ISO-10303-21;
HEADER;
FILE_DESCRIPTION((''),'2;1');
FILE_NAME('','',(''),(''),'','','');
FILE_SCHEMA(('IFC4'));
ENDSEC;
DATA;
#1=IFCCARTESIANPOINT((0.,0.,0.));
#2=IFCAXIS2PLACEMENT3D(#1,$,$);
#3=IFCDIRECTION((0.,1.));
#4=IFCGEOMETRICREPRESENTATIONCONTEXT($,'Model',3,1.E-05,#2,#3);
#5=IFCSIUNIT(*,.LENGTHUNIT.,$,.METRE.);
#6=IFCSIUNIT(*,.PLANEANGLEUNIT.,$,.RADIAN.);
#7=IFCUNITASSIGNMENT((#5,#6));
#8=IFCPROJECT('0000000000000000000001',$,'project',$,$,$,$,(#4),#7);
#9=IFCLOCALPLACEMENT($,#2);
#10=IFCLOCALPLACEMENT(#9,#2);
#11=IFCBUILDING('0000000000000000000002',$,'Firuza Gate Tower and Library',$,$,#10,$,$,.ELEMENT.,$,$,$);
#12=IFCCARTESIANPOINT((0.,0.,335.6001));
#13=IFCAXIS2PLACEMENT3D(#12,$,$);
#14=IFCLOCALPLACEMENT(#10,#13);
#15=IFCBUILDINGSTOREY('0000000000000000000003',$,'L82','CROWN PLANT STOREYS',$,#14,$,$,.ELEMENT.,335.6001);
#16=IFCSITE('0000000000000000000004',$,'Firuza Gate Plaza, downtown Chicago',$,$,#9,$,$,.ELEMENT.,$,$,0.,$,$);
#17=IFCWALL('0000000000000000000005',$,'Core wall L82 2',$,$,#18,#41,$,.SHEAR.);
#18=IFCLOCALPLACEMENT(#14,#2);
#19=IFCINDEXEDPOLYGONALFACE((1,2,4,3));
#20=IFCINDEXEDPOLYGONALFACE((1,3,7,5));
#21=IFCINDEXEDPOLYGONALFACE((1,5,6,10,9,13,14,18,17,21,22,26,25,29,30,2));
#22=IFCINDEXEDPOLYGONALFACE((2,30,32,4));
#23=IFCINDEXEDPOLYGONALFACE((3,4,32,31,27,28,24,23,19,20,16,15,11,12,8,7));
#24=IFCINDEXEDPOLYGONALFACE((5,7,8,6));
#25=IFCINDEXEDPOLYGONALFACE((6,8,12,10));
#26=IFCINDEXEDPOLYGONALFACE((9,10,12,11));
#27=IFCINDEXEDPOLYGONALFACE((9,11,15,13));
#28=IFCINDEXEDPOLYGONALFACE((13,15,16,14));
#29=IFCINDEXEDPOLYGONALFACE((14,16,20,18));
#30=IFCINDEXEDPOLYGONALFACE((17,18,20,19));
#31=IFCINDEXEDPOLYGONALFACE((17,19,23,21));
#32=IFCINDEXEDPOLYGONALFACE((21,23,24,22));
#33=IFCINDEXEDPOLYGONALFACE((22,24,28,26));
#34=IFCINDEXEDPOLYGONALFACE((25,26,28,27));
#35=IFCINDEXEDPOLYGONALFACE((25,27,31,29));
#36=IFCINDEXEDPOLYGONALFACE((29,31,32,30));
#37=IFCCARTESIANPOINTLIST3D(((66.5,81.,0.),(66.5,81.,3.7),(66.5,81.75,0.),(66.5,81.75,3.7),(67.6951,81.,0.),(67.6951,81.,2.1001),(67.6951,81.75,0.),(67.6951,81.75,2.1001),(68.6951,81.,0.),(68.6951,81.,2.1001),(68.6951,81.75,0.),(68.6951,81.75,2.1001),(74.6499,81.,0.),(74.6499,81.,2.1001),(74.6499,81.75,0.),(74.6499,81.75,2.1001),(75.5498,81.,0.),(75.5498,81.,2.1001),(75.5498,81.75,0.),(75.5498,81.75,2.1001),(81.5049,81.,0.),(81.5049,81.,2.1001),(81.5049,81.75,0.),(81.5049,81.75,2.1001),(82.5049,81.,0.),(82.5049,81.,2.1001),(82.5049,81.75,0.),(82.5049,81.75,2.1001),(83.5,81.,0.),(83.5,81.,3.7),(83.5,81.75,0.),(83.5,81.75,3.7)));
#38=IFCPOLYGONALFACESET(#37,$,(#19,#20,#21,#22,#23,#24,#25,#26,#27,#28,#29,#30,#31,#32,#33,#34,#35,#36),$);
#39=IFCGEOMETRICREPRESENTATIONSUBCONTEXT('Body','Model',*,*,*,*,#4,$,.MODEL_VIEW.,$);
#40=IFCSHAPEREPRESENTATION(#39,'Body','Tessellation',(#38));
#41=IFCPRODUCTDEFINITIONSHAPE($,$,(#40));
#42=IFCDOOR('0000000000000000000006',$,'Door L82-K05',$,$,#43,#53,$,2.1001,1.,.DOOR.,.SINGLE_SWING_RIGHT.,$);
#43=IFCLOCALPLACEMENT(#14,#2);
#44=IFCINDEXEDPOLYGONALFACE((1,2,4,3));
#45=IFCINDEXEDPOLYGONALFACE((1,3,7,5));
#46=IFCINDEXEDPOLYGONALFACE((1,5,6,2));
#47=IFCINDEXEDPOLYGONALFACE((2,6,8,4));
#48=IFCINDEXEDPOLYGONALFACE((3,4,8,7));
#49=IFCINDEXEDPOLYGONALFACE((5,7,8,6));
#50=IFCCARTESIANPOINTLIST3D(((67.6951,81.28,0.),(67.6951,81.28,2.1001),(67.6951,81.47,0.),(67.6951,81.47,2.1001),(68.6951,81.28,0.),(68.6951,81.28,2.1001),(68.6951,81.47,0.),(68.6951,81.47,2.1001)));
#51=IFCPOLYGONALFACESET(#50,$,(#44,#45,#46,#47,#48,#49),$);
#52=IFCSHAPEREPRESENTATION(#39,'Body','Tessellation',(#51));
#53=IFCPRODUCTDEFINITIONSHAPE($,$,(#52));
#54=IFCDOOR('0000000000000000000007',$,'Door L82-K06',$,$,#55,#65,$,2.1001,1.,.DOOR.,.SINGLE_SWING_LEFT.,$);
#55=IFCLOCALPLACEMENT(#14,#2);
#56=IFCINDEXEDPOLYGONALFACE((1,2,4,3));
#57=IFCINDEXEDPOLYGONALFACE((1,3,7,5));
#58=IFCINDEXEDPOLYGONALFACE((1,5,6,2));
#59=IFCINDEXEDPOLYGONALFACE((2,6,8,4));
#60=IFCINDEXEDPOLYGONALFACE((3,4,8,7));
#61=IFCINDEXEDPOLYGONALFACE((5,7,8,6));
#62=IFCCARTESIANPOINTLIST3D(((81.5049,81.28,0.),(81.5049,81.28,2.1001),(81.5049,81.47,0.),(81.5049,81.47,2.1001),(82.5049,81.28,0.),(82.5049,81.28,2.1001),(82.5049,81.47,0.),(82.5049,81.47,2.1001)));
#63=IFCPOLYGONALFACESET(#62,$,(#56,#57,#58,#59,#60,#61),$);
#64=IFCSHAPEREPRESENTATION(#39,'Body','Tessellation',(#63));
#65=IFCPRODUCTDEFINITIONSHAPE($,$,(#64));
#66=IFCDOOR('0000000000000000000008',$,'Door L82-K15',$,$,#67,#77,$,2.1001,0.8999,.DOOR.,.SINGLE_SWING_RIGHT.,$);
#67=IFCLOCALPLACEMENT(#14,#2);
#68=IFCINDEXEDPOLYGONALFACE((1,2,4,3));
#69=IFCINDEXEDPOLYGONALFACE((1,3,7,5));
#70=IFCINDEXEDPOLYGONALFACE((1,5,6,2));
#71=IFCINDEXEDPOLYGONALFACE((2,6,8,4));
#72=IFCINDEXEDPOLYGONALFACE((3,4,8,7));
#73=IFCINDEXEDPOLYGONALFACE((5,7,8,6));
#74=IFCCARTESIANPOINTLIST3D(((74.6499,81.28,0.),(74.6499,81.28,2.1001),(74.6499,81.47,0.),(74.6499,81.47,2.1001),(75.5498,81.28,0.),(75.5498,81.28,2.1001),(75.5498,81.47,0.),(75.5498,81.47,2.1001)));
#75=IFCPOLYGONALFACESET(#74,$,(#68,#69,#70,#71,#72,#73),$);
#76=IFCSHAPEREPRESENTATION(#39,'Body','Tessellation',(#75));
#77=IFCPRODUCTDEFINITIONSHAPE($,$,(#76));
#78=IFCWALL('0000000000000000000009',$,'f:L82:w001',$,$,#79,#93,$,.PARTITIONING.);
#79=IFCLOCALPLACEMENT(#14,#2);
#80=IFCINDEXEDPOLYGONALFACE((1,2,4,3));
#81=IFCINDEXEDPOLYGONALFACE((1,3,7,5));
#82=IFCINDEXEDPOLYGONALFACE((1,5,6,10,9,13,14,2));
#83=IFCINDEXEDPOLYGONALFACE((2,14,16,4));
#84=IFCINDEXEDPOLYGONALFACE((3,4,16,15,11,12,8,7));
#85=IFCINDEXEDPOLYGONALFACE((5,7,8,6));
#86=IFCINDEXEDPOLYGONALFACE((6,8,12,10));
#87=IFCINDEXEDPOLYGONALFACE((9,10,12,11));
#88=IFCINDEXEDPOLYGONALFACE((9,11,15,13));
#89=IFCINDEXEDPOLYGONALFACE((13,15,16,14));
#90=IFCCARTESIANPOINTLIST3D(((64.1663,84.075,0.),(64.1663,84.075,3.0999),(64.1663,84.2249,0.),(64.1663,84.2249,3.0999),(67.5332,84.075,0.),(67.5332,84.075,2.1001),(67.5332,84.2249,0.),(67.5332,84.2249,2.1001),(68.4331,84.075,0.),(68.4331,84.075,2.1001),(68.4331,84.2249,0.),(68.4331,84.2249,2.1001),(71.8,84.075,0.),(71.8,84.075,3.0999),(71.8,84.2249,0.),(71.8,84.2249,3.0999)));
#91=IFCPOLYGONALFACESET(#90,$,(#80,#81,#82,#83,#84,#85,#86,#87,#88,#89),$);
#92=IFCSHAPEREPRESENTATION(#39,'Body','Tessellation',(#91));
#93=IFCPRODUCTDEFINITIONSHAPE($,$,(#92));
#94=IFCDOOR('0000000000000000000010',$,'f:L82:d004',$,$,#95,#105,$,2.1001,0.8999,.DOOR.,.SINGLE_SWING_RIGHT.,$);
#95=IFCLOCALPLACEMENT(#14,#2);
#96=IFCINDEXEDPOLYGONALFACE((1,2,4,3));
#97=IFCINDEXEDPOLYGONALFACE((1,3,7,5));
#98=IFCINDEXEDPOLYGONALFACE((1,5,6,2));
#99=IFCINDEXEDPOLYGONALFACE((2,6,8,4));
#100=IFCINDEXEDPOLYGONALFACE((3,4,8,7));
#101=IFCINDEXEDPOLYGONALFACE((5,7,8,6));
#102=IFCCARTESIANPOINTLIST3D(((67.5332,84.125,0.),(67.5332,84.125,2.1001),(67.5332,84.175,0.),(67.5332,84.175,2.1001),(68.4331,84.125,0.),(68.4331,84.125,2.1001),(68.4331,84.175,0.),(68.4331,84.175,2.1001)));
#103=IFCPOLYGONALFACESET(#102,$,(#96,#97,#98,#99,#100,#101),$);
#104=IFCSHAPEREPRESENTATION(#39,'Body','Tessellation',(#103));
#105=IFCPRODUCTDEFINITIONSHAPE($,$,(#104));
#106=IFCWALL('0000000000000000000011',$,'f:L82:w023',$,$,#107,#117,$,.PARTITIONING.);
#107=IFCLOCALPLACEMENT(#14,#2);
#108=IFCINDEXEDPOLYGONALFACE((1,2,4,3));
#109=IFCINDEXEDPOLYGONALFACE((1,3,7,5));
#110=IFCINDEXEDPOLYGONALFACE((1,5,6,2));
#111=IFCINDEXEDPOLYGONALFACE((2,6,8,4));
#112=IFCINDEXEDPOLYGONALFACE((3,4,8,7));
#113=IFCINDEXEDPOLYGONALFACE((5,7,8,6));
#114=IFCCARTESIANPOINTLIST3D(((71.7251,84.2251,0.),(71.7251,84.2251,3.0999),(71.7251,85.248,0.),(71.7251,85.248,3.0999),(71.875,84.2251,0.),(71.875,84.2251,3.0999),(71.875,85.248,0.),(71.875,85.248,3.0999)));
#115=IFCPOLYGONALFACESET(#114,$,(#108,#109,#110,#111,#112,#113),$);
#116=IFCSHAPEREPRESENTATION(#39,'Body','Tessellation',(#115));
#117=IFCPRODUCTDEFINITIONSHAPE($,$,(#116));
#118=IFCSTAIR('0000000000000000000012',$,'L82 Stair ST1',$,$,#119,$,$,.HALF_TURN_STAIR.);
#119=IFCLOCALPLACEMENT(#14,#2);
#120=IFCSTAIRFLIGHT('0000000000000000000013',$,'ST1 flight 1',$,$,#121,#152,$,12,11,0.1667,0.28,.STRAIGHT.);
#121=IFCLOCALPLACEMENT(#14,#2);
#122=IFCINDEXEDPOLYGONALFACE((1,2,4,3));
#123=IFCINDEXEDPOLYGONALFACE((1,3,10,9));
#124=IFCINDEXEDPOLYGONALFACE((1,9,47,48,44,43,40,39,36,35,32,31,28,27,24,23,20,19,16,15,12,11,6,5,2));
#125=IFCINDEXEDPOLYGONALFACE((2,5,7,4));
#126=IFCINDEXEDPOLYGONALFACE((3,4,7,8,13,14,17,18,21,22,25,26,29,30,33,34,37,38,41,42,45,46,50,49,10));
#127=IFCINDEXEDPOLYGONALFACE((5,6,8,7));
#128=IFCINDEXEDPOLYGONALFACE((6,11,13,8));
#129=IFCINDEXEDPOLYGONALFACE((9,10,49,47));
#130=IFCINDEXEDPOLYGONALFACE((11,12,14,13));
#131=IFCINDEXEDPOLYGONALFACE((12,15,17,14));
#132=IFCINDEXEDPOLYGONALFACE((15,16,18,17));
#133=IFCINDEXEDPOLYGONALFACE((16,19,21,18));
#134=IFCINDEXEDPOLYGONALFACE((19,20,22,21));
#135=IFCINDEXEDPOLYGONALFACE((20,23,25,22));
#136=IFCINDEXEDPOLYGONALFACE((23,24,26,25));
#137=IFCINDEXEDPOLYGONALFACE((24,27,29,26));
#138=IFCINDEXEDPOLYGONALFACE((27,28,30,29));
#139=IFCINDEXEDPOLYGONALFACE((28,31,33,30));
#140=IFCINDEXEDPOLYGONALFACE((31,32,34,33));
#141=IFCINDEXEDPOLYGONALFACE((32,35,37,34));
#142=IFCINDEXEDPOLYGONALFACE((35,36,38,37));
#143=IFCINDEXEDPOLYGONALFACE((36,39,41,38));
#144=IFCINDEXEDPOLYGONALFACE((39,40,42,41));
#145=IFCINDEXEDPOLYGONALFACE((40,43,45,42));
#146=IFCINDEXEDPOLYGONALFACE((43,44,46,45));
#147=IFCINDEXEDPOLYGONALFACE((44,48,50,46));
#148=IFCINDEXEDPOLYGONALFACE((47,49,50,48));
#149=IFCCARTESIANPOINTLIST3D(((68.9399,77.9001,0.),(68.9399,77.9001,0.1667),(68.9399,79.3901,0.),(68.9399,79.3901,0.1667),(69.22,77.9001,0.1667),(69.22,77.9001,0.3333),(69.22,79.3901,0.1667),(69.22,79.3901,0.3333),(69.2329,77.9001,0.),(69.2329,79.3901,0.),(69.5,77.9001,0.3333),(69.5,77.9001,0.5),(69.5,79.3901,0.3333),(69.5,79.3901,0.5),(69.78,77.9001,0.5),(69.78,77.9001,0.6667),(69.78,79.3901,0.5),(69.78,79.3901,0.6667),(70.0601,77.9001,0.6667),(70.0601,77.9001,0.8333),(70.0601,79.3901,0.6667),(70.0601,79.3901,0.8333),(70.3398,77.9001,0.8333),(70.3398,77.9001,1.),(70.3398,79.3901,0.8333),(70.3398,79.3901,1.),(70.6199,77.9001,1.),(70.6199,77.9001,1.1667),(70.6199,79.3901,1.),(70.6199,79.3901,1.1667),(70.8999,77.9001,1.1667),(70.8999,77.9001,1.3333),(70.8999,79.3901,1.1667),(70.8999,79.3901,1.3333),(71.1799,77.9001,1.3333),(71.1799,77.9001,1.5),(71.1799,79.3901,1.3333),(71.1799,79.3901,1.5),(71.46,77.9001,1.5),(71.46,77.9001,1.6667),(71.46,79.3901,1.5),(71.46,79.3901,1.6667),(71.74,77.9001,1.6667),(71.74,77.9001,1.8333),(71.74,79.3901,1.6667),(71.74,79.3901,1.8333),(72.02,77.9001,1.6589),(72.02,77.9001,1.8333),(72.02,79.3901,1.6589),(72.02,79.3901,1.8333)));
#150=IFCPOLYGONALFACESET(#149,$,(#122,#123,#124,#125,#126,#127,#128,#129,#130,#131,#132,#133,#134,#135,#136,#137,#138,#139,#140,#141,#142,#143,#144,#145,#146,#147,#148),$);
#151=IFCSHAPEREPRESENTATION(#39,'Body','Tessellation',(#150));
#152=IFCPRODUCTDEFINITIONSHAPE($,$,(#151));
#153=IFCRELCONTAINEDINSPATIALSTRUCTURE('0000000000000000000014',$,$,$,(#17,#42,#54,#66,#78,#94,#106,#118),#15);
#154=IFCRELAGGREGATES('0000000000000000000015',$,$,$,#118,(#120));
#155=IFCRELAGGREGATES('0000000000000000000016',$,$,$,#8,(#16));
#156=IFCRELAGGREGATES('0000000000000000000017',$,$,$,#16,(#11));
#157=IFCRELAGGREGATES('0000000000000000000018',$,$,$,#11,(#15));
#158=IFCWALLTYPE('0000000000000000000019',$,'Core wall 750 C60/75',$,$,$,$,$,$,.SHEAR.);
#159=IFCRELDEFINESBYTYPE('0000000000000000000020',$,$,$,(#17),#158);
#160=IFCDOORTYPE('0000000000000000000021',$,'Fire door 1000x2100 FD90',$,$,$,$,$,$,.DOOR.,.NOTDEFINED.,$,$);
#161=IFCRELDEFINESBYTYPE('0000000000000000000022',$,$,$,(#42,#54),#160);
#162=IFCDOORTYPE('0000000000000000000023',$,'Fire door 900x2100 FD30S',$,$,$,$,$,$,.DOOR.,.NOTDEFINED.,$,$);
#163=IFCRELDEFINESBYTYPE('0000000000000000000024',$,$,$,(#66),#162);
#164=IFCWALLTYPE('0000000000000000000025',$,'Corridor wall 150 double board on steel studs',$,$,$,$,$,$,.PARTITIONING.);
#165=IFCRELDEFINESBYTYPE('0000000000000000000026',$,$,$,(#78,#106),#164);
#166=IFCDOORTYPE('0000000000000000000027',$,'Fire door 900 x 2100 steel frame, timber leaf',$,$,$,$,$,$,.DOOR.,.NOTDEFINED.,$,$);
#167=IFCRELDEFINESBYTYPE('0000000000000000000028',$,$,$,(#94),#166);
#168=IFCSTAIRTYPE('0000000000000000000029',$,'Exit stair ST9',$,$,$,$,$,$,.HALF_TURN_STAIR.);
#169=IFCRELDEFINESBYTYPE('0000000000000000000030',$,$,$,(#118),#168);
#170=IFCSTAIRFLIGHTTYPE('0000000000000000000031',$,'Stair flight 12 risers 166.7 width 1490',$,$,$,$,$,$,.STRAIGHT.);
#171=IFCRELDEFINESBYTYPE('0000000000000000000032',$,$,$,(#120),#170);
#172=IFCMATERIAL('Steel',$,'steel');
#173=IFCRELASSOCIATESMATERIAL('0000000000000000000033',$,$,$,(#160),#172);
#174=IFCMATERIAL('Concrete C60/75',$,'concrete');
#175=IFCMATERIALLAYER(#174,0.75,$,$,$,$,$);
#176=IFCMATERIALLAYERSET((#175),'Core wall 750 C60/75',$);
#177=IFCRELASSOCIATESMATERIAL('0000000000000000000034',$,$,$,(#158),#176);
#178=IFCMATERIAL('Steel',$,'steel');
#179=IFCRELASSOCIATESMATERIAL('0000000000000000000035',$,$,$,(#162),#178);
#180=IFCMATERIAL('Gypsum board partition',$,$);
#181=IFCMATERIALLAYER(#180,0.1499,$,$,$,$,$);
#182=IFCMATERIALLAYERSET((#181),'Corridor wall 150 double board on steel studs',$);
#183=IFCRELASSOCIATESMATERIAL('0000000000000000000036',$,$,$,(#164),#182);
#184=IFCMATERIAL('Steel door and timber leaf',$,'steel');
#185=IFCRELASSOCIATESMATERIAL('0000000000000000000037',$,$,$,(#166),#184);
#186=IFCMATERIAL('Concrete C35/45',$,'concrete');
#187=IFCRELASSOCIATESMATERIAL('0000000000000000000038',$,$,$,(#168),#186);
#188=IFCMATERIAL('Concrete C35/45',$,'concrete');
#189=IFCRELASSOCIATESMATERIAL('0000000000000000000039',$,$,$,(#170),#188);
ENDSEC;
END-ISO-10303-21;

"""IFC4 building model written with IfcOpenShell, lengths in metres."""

from ifc_helpers import new_model, si_unit, direction, frame, frame_2d, origin, place, context, subcontext, project, spatial, polyline, rectangle, outline, extrude, material, layer, layer_set, type_object, element, fill, aggregate, save


model = new_model("IFC4")

# Units and contexts
model_context = context("Model", 3, precision=1e-05, world=origin(), true_north=direction((0.0, 1.0)))
body_context = subcontext(model_context, "Body", "Model", "MODEL_VIEW")
ifc_project = project(units=[si_unit("LENGTHUNIT", "METRE"), si_unit("PLANEANGLEUNIT", "RADIAN")], contexts=[model_context])

# Site, building, storey
site_placement = place(None, origin())
site = spatial("IfcSite", under=ifc_project, at=site_placement, Name="Firuza Gate Plaza, downtown Chicago", CompositionType="ELEMENT", RefElevation=0.0)
building_placement = place(site_placement, origin())
building = spatial("IfcBuilding", under=site, at=building_placement, Name="Firuza Gate Tower and Library", CompositionType="ELEMENT")
storey_placement = place(building_placement, frame((0.0, 0.0, 335.6001)))
storey = spatial("IfcBuildingStorey", under=building, at=storey_placement, Name="L82", Description="CROWN PLANT STOREYS", CompositionType="ELEMENT", Elevation=335.6001)

# Shared definitions
placement = place(storey_placement, origin())

# Shared definitions
ifc_material_1 = material(Name="Steel", Category="steel")
door_type_1 = type_object("IfcDoorType", Name="Fire door 1000x2100 FD90", OperationType="NOTDEFINED", PredefinedType="DOOR", material=ifc_material_1)

# Wall, openings, doors
ifc_material_2 = material(Name="Concrete C60/75", Category="concrete")
ifc_layer_1 = layer(ifc_material_2, 0.75)
ifc_layer_set_1 = layer_set([ifc_layer_1], Name="Core wall 750 C60/75")
wall_type_1 = type_object("IfcWallType", Name="Core wall 750 C60/75", PredefinedType="SHEAR", material=ifc_layer_set_1)
wall_1_placement = place(storey_placement, frame((66.5, 81.375, 0.0), z_axis=(0.0, 0.0, 1.0), x_axis=(1.0, 0.0, 0.0)))
wall_1 = element("IfcWall", 1, at=wall_1_placement, inside=storey, type_object=wall_type_1, Name="Core wall L82 2", PredefinedType="SHEAR", context=body_context, shape_type="SweptSolid", body=[
    extrude(rectangle(XDim=17.0, YDim=0.75, at=frame_2d((8.5, 0.0))), origin(), (0.0, 0.0, 1.0), 3.7),
])
opening_1_placement = place(wall_1_placement, frame((1.1951, 0.0, 0.0)))
opening_1 = element("IfcOpeningElement", 2, at=opening_1_placement, cuts=wall_1, PredefinedType="OPENING", context=body_context, shape_type="SweptSolid", body=[
    extrude(rectangle(XDim=1.0, YDim=2.1001, at=frame_2d((0.5, 1.05))), frame((0.0, 0.385, 0.0), z_axis=(0.0, -1.0, 0.0), x_axis=(1.0, 0.0, 0.0)), (0.0, 0.0, 1.0), 0.77),
])
opening_2_placement = place(wall_1_placement, frame((15.0049, 0.0, 0.0)))
opening_2 = element("IfcOpeningElement", 3, at=opening_2_placement, cuts=wall_1, PredefinedType="OPENING", context=body_context, shape_type="SweptSolid", body=[
    extrude(rectangle(XDim=1.0, YDim=2.1001, at=frame_2d((0.5, 1.05))), frame((0.0, 0.385, 0.0), z_axis=(0.0, -1.0, 0.0), x_axis=(1.0, 0.0, 0.0)), (0.0, 0.0, 1.0), 0.77),
])
opening_3_placement = place(wall_1_placement, frame((8.1499, 0.0, 0.0)))
opening_3 = element("IfcOpeningElement", 4, at=opening_3_placement, cuts=wall_1, PredefinedType="OPENING", context=body_context, shape_type="SweptSolid", body=[
    extrude(rectangle(XDim=0.8999, YDim=2.1001, at=frame_2d((0.45, 1.05))), frame((0.0, 0.385, 0.0), z_axis=(0.0, -1.0, 0.0), x_axis=(1.0, 0.0, 0.0)), (0.0, 0.0, 1.0), 0.77),
])
door_1_placement = place(opening_1_placement, origin())
door_1 = element("IfcDoor", 5, at=door_1_placement, inside=storey, type_object=door_type_1, Name="Door L82-K05", OperationType="SINGLE_SWING_RIGHT", OverallHeight=2.1001, OverallWidth=1.0, PredefinedType="DOOR", context=body_context, shape_type="SweptSolid", body=[
    extrude(rectangle(XDim=1.0, YDim=2.1001, at=frame_2d((0.5, 1.05))), frame((0.0, 0.095, 0.0), z_axis=(0.0, -1.0, 0.0), x_axis=(1.0, 0.0, 0.0)), (0.0, 0.0, 1.0), 0.1899),
])
fill(opening_1, door_1)
door_2_placement = place(opening_2_placement, origin())
door_2 = element("IfcDoor", 6, at=door_2_placement, inside=storey, type_object=door_type_1, Name="Door L82-K06", OperationType="SINGLE_SWING_LEFT", OverallHeight=2.1001, OverallWidth=1.0, PredefinedType="DOOR", context=body_context, shape_type="SweptSolid", body=[
    extrude(rectangle(XDim=1.0, YDim=2.1001, at=frame_2d((0.5, 1.05))), frame((0.0, 0.095, 0.0), z_axis=(0.0, -1.0, 0.0), x_axis=(1.0, 0.0, 0.0)), (0.0, 0.0, 1.0), 0.1899),
])
fill(opening_2, door_2)
ifc_material_3 = material(Name="Steel", Category="steel")
door_type_2 = type_object("IfcDoorType", Name="Fire door 900x2100 FD30S", OperationType="NOTDEFINED", PredefinedType="DOOR", material=ifc_material_3)
door_3_placement = place(opening_3_placement, origin())
door_3 = element("IfcDoor", 7, at=door_3_placement, inside=storey, type_object=door_type_2, Name="Door L82-K15", OperationType="SINGLE_SWING_RIGHT", OverallHeight=2.1001, OverallWidth=0.8999, PredefinedType="DOOR", context=body_context, shape_type="SweptSolid", body=[
    extrude(rectangle(XDim=0.8999, YDim=2.1001, at=frame_2d((0.45, 1.05))), frame((0.0, 0.095, 0.0), z_axis=(0.0, -1.0, 0.0), x_axis=(1.0, 0.0, 0.0)), (0.0, 0.0, 1.0), 0.1899),
])
fill(opening_3, door_3)

# Wall, opening, door
ifc_material_4 = material(Name="Gypsum board partition")
ifc_layer_2 = layer(ifc_material_4, 0.1499)
ifc_layer_set_2 = layer_set([ifc_layer_2], Name="Corridor wall 150 double board on steel studs")
wall_type_2 = type_object("IfcWallType", Name="Corridor wall 150 double board on steel studs", PredefinedType="PARTITIONING", material=ifc_layer_set_2)
wall_2_placement = place(storey_placement, frame((71.8, 84.1499, 0.0), z_axis=(0.0, 0.0, 1.0), x_axis=(-1.0, 0.0, 0.0)))
wall_2 = element("IfcWall", 8, at=wall_2_placement, inside=storey, type_object=wall_type_2, Name="f:L82:w001", PredefinedType="PARTITIONING", context=body_context, shape_type="SweptSolid", body=[
    extrude(rectangle(XDim=7.6338, YDim=0.1499, at=frame_2d((3.8169, 0.0))), origin(), (0.0, 0.0, 1.0), 3.0999),
])
opening_4_placement = place(wall_2_placement, frame((3.3669, 0.0, 0.0)))
opening_4 = element("IfcOpeningElement", 9, at=opening_4_placement, cuts=wall_2, PredefinedType="OPENING", context=body_context, shape_type="SweptSolid", body=[
    extrude(rectangle(XDim=0.8999, YDim=2.1001, at=frame_2d((0.45, 1.05))), frame((0.0, 0.085, 0.0), z_axis=(0.0, -1.0, 0.0), x_axis=(1.0, 0.0, 0.0)), (0.0, 0.0, 1.0), 0.1699),
])
ifc_material_5 = material(Name="Steel door and timber leaf", Category="steel")
door_type_3 = type_object("IfcDoorType", Name="Fire door 900 x 2100 steel frame, timber leaf", OperationType="NOTDEFINED", PredefinedType="DOOR", material=ifc_material_5)
door_4_placement = place(opening_4_placement, origin())
door_4 = element("IfcDoor", 10, at=door_4_placement, inside=storey, type_object=door_type_3, Name="f:L82:d004", OperationType="SINGLE_SWING_RIGHT", OverallHeight=2.1001, OverallWidth=0.8999, PredefinedType="DOOR", context=body_context, shape_type="SweptSolid", body=[
    extrude(rectangle(XDim=0.8999, YDim=2.1001, at=frame_2d((0.45, 1.05))), frame((0.0, 0.0249, 0.0), z_axis=(0.0, -1.0, 0.0), x_axis=(1.0, 0.0, 0.0)), (0.0, 0.0, 1.0), 0.05),
])
fill(opening_4, door_4)

# Wall
wall_3_placement = place(storey_placement, frame((71.8, 84.2251, 0.0), z_axis=(0.0, 0.0, 1.0), x_axis=(0.0, 1.0, 0.0)))
element("IfcWall", 11, at=wall_3_placement, inside=storey, type_object=wall_type_2, Name="f:L82:w023", PredefinedType="PARTITIONING", context=body_context, shape_type="SweptSolid", body=[
    extrude(rectangle(XDim=1.0229, YDim=0.1499, at=frame_2d((0.5115, 0.0))), origin(), (0.0, 0.0, 1.0), 3.0999),
])

# Stair, stair flight
ifc_material_6 = material(Name="Concrete C35/45", Category="concrete")
stair_type = type_object("IfcStairType", Name="Exit stair ST9", PredefinedType="HALF_TURN_STAIR", material=ifc_material_6)
stair = element("IfcStair", 12, at=placement, inside=storey, type_object=stair_type, Name="L82 Stair ST1", PredefinedType="HALF_TURN_STAIR")
ifc_material_7 = material(Name="Concrete C35/45", Category="concrete")
stair_flight_type = type_object("IfcStairFlightType", Name="Stair flight 12 risers 166.7 width 1490", PredefinedType="STRAIGHT", material=ifc_material_7)
stair_flight_1_placement = place(storey_placement, frame((68.9399, 78.645, 0.0), z_axis=(0.0, 0.0, 1.0), x_axis=(1.0, 0.0, 0.0)))
stair_flight_1 = element("IfcStairFlight", 13, at=stair_flight_1_placement, type_object=stair_flight_type, Name="ST1 flight 1", NumberOfRisers=12, NumberOfTreads=11, PredefinedType="STRAIGHT", RiserHeight=0.1667, TreadLength=0.28, context=body_context, shape_type="SweptSolid", body=[
    extrude(outline(polyline([(0.0, 0.0), (0.0, 0.1667), (0.28, 0.1667), (0.28, 0.3333), (0.5601, 0.3333), (0.5601, 0.5), (0.8401, 0.5), (0.8401, 0.6667), (1.1201, 0.6667), (1.1201, 0.8333), (1.3999, 0.8333), (1.3999, 1.0), (1.6799, 1.0), (1.6799, 1.1667), (1.96, 1.1667), (1.96, 1.3333), (2.24, 1.3333), (2.24, 1.5), (2.52, 1.5), (2.52, 1.6667), (2.8, 1.6667), (2.8, 1.8333), (3.0801, 1.8333), (3.0801, 2.0), (3.0801, 1.6589), (0.293, 0.0), (0.0, 0.0)])), frame((0.0, 0.7451, 0.0), z_axis=(0.0, -1.0, 0.0), x_axis=(1.0, 0.0, 0.0)), (0.0, 0.0, 1.0), 1.49),
])
aggregate(stair, [stair_flight_1])

save(model, "model.ifc")
